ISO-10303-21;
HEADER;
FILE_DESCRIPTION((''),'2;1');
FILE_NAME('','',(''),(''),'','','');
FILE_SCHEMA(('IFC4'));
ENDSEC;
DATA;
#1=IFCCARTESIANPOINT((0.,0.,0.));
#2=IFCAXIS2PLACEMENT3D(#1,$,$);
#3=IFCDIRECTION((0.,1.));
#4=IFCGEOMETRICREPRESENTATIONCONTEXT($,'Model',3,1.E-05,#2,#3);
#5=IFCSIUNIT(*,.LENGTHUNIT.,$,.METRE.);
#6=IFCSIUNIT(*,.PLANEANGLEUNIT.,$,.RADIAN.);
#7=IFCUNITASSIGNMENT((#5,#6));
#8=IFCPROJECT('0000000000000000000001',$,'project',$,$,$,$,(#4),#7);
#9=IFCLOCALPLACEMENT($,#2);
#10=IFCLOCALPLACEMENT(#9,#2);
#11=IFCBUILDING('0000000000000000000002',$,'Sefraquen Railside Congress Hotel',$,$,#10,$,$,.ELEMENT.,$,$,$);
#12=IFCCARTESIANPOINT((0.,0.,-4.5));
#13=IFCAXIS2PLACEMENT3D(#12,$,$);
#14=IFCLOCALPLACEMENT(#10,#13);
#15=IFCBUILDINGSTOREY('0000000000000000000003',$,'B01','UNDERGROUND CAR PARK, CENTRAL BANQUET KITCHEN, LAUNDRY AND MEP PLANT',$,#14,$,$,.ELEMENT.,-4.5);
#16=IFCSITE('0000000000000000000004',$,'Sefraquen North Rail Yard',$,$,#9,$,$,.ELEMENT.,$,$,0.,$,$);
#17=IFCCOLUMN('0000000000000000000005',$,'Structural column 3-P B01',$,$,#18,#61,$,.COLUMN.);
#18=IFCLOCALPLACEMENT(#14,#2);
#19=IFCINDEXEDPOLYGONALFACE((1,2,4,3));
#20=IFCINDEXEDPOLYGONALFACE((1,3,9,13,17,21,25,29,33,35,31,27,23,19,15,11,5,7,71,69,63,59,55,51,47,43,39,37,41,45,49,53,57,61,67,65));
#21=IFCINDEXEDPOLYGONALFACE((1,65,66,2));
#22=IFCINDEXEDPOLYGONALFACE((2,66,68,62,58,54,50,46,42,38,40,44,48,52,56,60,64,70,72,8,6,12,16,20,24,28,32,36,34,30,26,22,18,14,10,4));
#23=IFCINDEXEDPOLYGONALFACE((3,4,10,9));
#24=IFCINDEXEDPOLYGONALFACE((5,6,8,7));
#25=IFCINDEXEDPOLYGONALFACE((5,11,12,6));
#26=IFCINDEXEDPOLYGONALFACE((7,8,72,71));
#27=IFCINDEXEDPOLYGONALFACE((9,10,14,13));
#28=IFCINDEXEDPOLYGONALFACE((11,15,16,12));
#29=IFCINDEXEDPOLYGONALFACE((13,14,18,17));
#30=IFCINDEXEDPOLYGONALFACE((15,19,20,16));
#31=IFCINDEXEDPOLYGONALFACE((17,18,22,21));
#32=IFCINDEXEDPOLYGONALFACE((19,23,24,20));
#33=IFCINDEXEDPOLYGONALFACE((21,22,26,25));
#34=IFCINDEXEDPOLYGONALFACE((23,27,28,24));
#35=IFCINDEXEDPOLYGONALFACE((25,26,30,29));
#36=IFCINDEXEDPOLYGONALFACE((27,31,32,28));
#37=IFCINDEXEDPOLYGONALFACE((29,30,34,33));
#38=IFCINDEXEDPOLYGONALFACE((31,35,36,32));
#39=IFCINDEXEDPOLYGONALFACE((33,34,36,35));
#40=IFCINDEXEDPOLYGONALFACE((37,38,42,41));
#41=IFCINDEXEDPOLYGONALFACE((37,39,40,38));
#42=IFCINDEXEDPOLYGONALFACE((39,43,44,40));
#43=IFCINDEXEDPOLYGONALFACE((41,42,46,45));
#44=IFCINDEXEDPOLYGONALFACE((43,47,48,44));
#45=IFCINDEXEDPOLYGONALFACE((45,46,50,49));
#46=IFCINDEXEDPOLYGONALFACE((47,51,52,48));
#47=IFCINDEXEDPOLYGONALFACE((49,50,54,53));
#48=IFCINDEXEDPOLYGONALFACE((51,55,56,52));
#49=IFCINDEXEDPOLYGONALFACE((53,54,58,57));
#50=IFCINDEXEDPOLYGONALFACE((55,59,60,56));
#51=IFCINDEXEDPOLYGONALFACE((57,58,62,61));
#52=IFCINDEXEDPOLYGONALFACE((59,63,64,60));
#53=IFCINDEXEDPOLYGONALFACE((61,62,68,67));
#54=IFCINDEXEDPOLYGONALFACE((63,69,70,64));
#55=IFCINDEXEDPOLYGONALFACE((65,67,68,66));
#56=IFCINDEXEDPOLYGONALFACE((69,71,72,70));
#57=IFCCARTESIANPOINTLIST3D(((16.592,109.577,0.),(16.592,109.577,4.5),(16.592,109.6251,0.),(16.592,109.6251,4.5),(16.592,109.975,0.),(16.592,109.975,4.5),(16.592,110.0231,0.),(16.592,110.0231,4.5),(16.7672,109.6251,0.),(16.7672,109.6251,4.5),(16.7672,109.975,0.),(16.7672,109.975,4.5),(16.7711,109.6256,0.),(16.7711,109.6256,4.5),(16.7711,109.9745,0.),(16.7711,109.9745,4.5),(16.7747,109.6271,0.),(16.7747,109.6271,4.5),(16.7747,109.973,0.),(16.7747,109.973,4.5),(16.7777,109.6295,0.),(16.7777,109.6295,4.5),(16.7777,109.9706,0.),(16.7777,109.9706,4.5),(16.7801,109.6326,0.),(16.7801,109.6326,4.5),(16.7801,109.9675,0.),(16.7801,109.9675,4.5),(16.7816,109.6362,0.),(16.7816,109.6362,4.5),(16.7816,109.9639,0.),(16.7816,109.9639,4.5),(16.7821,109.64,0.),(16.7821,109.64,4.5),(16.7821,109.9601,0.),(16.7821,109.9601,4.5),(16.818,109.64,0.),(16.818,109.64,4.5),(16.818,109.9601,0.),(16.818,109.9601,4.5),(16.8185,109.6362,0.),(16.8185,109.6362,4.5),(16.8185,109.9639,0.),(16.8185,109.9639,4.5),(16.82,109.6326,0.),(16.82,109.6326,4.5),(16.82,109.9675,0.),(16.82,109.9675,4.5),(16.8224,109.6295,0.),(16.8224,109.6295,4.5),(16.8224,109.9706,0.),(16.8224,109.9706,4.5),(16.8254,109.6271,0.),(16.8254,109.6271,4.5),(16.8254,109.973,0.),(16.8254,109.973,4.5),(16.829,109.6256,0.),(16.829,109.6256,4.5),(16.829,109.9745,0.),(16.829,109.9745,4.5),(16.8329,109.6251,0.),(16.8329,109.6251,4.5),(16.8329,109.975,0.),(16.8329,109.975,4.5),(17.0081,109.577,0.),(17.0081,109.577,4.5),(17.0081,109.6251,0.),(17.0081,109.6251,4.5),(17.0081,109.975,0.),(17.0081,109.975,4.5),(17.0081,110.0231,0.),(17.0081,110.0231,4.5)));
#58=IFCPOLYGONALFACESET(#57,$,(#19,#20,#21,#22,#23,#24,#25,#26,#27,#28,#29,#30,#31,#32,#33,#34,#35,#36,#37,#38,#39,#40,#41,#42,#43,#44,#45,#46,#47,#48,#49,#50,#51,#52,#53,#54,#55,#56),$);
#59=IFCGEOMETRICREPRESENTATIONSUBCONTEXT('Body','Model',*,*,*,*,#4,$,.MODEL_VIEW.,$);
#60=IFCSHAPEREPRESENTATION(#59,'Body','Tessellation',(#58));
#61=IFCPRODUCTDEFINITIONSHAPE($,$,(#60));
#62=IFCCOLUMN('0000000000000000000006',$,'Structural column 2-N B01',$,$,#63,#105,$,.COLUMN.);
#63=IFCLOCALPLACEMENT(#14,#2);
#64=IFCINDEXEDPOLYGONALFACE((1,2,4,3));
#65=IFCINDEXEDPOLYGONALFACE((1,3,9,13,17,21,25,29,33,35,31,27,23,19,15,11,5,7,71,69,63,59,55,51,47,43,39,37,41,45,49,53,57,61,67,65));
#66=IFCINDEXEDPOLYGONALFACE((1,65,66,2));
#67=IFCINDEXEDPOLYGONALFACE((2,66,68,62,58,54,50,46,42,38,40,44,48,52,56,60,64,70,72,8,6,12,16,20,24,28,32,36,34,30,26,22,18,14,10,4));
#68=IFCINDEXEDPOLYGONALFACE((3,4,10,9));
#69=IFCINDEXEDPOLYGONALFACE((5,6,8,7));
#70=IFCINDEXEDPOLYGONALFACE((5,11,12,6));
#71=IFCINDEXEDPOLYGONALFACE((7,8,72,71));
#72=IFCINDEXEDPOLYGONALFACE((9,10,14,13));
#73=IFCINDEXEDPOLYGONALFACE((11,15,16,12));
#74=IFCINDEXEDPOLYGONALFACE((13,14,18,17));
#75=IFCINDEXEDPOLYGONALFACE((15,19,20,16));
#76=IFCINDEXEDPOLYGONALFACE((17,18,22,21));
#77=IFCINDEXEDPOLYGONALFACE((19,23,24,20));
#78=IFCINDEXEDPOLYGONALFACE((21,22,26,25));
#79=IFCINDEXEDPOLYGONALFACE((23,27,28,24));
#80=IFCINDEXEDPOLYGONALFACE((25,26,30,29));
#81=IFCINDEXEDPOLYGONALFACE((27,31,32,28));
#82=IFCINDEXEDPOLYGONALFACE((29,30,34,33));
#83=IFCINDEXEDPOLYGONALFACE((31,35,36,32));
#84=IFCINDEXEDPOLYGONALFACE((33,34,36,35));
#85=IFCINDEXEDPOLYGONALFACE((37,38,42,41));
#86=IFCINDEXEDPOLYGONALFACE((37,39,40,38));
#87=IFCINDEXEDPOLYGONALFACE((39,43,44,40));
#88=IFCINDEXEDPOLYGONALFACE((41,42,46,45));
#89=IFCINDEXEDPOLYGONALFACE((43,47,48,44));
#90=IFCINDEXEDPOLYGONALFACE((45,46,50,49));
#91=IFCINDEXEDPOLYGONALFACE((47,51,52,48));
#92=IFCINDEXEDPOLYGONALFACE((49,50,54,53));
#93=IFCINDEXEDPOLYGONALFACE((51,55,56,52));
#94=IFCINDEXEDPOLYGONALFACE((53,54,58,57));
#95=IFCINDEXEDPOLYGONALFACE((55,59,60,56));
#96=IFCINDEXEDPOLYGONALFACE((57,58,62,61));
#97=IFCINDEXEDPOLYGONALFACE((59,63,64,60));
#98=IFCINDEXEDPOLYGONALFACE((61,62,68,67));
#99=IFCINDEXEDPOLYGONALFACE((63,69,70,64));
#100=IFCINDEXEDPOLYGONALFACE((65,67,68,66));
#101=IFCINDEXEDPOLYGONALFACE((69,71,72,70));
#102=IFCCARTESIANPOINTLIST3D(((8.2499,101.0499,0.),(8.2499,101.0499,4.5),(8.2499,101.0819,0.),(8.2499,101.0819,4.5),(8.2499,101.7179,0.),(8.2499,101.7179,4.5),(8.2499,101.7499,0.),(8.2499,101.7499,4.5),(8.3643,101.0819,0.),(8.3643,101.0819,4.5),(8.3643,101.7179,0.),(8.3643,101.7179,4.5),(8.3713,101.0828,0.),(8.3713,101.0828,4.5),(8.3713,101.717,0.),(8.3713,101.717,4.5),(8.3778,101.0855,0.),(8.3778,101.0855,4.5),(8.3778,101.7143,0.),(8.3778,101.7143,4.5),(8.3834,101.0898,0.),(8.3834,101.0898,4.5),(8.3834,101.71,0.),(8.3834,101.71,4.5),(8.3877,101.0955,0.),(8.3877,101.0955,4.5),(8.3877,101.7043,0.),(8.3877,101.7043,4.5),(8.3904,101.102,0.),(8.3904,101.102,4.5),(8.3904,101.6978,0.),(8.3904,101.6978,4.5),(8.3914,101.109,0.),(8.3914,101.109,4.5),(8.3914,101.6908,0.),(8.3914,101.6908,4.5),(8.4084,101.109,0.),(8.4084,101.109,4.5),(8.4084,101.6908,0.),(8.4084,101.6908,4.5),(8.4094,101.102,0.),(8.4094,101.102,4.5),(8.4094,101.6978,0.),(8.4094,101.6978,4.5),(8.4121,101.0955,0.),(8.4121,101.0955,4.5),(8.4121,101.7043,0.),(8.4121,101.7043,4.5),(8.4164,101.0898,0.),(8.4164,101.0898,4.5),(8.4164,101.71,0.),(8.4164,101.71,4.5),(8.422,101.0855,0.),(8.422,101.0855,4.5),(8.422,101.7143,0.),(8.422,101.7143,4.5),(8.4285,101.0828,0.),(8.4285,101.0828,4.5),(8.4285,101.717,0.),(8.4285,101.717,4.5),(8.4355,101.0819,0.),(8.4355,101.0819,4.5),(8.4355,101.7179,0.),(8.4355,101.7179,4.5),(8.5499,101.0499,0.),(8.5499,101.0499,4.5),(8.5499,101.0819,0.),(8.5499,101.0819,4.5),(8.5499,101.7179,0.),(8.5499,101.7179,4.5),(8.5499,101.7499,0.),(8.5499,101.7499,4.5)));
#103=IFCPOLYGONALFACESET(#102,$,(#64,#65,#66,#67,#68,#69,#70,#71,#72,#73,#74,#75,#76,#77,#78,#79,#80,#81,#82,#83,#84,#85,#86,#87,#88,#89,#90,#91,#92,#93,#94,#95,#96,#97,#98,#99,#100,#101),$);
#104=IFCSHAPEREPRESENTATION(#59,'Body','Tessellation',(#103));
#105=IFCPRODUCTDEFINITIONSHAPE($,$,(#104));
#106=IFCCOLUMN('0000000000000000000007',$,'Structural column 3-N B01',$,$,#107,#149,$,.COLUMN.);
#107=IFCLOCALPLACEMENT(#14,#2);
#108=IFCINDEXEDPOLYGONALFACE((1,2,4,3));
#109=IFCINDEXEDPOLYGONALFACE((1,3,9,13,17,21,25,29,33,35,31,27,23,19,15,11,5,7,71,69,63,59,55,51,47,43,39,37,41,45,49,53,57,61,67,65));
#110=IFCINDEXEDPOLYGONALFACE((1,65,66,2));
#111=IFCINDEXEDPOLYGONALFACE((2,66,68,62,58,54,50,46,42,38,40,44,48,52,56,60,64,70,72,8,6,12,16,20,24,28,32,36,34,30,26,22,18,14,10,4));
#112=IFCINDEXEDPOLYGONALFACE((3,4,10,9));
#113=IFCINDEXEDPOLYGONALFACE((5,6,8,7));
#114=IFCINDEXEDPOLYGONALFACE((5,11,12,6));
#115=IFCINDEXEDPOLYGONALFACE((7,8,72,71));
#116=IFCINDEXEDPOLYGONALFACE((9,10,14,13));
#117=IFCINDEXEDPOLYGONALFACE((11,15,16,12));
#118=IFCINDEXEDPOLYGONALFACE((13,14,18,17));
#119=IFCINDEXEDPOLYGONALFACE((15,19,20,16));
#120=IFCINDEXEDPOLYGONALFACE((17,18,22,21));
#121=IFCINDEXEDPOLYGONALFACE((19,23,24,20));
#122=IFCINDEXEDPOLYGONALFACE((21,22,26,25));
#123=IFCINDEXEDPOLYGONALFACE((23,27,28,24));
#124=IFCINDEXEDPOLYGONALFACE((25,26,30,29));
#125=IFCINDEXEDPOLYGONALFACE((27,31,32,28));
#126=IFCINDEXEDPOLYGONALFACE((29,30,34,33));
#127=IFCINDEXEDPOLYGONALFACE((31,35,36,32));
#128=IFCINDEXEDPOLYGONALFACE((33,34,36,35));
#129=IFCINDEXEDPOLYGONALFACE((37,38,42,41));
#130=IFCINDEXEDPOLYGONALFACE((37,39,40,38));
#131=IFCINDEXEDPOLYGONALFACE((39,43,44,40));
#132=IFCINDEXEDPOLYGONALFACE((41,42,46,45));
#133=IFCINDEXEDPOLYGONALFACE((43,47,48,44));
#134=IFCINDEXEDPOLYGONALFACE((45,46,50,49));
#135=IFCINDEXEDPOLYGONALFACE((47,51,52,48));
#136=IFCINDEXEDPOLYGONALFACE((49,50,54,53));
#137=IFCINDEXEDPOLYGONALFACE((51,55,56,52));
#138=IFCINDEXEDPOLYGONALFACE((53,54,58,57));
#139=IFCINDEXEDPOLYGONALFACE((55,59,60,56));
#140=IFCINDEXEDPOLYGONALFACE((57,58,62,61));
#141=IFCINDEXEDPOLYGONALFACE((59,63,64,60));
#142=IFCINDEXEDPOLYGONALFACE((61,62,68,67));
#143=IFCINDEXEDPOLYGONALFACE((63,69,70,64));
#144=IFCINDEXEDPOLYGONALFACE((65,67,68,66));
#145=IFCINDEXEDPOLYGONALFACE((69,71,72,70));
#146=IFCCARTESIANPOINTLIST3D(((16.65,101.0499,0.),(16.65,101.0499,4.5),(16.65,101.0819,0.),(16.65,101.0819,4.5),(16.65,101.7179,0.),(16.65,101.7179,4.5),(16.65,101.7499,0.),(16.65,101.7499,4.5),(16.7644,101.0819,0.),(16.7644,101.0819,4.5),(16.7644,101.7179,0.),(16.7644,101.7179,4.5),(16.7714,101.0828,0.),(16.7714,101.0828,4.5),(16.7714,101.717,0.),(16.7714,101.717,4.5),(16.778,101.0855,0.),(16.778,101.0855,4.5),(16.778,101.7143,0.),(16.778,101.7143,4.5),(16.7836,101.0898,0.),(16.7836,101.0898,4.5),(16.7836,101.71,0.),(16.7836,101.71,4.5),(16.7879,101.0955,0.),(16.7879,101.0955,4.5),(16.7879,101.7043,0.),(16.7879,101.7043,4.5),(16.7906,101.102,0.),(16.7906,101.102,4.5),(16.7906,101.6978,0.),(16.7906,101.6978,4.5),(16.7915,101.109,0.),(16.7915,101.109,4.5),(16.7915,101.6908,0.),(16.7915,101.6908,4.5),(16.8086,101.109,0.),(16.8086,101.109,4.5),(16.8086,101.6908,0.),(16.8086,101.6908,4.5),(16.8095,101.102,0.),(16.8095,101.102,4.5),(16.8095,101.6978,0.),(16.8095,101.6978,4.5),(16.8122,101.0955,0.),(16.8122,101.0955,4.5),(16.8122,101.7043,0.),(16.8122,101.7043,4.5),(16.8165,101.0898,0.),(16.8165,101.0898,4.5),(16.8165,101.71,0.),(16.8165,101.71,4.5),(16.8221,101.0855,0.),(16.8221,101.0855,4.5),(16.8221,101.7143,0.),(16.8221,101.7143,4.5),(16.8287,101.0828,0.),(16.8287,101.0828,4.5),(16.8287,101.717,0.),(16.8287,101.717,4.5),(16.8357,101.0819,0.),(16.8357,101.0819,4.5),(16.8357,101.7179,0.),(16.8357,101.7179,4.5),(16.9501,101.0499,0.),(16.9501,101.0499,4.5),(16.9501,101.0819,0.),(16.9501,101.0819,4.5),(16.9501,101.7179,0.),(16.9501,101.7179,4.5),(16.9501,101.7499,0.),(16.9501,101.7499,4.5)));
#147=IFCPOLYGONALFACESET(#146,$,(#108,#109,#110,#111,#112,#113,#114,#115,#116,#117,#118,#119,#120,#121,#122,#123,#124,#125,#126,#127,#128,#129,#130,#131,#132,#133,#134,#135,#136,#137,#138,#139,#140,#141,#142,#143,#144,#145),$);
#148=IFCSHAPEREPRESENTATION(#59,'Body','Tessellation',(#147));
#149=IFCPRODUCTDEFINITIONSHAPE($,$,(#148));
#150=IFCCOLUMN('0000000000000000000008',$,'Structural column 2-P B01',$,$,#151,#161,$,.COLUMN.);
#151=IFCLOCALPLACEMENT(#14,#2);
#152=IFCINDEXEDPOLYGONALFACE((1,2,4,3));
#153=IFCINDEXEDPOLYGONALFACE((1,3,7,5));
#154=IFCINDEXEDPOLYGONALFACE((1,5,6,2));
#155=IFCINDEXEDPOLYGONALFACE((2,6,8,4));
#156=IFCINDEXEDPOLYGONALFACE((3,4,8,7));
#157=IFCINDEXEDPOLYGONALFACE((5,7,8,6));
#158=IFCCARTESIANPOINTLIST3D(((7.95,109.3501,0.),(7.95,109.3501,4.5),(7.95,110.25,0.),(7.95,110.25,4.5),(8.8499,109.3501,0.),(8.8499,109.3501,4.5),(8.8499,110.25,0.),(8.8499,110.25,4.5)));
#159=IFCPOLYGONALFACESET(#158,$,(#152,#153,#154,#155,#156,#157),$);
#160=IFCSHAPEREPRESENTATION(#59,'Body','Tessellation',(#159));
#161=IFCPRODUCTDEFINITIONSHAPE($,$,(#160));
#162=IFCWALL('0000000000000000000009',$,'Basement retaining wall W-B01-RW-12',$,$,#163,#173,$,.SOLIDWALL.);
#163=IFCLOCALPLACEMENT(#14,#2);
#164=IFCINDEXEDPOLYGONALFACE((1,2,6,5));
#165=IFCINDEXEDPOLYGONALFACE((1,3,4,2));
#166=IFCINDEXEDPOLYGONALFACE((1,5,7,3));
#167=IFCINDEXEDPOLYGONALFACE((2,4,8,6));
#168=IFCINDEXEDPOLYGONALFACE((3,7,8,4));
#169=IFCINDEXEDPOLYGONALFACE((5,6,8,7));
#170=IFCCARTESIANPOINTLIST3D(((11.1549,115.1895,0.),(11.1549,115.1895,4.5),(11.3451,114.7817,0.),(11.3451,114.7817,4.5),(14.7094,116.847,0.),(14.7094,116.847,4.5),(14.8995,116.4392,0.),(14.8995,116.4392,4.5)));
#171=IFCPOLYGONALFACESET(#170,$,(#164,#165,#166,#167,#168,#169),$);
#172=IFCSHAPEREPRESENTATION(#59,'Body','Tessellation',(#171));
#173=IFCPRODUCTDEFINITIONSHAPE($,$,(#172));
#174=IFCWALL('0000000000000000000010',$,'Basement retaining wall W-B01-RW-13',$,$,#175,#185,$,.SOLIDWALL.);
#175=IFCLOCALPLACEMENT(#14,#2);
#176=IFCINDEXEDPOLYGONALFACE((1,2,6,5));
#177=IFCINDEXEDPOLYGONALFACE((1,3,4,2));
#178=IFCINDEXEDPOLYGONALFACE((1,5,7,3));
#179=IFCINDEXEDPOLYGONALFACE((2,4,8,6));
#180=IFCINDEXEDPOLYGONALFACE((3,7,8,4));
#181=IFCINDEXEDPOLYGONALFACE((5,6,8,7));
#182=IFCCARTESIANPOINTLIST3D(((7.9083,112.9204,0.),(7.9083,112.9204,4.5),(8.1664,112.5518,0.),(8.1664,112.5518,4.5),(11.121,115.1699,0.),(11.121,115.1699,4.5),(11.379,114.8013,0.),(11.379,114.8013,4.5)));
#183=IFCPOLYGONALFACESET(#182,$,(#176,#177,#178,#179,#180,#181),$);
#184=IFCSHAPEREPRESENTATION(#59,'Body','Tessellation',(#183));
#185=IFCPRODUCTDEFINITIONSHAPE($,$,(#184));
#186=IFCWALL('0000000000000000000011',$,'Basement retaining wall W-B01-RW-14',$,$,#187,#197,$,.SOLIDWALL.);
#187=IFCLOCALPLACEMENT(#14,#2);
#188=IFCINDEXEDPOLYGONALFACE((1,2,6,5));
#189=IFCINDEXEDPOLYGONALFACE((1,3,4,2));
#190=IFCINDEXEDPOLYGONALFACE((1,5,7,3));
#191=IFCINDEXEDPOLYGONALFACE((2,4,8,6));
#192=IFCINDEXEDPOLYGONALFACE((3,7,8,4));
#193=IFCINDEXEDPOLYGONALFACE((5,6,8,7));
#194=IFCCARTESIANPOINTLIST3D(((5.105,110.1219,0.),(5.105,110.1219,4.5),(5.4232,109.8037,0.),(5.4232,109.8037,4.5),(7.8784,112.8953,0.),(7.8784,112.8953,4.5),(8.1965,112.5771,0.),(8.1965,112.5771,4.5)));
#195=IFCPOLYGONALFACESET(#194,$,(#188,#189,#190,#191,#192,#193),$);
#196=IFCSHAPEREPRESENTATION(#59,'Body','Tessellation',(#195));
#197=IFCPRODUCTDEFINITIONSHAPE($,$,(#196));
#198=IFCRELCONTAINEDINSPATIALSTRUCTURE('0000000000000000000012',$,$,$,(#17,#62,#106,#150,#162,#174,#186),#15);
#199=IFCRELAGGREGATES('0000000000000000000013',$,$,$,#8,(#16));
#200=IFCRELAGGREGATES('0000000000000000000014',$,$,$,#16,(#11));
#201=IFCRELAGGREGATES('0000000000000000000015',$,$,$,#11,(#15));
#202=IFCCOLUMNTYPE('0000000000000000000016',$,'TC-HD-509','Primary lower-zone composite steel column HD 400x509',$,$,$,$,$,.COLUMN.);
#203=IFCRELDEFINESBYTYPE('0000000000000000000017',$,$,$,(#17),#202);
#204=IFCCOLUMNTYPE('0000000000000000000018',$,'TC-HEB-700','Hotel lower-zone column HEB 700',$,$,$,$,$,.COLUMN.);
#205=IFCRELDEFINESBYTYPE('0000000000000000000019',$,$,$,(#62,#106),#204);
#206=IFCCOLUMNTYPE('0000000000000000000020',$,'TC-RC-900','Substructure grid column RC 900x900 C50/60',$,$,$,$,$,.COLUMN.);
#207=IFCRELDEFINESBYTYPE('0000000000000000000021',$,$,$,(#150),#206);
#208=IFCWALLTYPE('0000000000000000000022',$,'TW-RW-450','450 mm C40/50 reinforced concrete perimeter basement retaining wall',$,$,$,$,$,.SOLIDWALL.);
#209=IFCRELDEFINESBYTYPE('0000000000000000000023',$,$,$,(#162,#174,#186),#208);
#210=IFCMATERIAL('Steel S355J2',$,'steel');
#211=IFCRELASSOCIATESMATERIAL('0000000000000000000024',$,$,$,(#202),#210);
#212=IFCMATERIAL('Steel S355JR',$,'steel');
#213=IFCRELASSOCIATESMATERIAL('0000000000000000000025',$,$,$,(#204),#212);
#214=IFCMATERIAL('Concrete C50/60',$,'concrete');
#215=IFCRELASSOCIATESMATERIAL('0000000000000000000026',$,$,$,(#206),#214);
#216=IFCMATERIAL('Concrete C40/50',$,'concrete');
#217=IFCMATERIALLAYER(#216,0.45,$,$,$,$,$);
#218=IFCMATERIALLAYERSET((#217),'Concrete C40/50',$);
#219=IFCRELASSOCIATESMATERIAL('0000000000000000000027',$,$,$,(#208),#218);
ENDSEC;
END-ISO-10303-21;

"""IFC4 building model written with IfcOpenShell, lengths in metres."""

from ifc_helpers import new_model, si_unit, direction, frame, frame_2d, origin, origin_2d, place, context, subcontext, project, spatial, rectangle, i_section, extrude, material, layer, layer_set, material_profile, profile_set, type_object, element, save


model = new_model("IFC4")

# Units and contexts
model_context = context("Model", 3, precision=1e-05, world=origin(), true_north=direction((0.0, 1.0)))
body_context = subcontext(model_context, "Body", "Model", "MODEL_VIEW")
ifc_project = project(units=[si_unit("LENGTHUNIT", "METRE"), si_unit("PLANEANGLEUNIT", "RADIAN")], contexts=[model_context])

# Site, building, storey
site_placement = place(None, origin())
site = spatial("IfcSite", under=ifc_project, at=site_placement, Name="Sefraquen North Rail Yard", CompositionType="ELEMENT", RefElevation=0.0)
building_placement = place(site_placement, origin())
building = spatial("IfcBuilding", under=site, at=building_placement, Name="Sefraquen Railside Congress Hotel", CompositionType="ELEMENT")
storey_placement = place(building_placement, frame((0.0, 0.0, -4.5)))
storey = spatial("IfcBuildingStorey", under=building, at=storey_placement, Name="B01", Description="UNDERGROUND CAR PARK, CENTRAL BANQUET KITCHEN, LAUNDRY AND MEP PLANT", CompositionType="ELEMENT", Elevation=-4.5)

# Shared definitions
ifc_material_1 = material(Name="Concrete C40/50", Category="concrete")

# Columns
ifc_material_2 = material(Name="Steel S355J2", Category="steel")
ifc_material_profile_1 = material_profile(ifc_material_2, i_section(OverallWidth=0.416, OverallDepth=0.446, WebThickness=0.0359, FlangeThickness=0.0481, FilletRadius=0.0149, at=origin_2d()), Name="HD 400x509")
ifc_profile_set_1 = profile_set([ifc_material_profile_1], Name="Steel S355J2")
column_type_1 = type_object("IfcColumnType", Name="TC-HD-509", Description="Primary lower-zone composite steel column HD 400x509", PredefinedType="COLUMN", material=ifc_profile_set_1)
column_1_placement = place(storey_placement, frame((16.8, 109.8, 0.0), z_axis=(0.0, 0.0, 1.0), x_axis=(1.0, 0.0, 0.0)))
element("IfcColumn", 1, at=column_1_placement, inside=storey, type_object=column_type_1, Name="Structural column 3-P B01", PredefinedType="COLUMN", context=body_context, shape_type="SweptSolid", body=[
    extrude(i_section(OverallWidth=0.416, OverallDepth=0.446, WebThickness=0.0359, FlangeThickness=0.0481, FilletRadius=0.0149, at=origin_2d()), origin(), (0.0, 0.0, 1.0), 4.5),
])
ifc_material_3 = material(Name="Steel S355JR", Category="steel")
ifc_material_profile_2 = material_profile(ifc_material_3, i_section(OverallWidth=0.3, OverallDepth=0.7, WebThickness=0.0171, FlangeThickness=0.032, FilletRadius=0.0271, at=origin_2d()), Name="HEB 700")
ifc_profile_set_2 = profile_set([ifc_material_profile_2], Name="Steel S355JR")
column_type_2 = type_object("IfcColumnType", Name="TC-HEB-700", Description="Hotel lower-zone column HEB 700", PredefinedType="COLUMN", material=ifc_profile_set_2)
for number, where, z_axis, x_axis, name in (
    (2, (8.3999, 101.3999, 0.0), (0.0, 0.0, 1.0), (1.0, 0.0, 0.0), "Structural column 2-N B01"),
    (3, (16.8, 101.3999, 0.0), (0.0, 0.0, 1.0), (1.0, 0.0, 0.0), "Structural column 3-N B01"),
):
    element("IfcColumn", number, at=place(storey_placement, frame(where, z_axis=z_axis, x_axis=x_axis)), inside=storey, type_object=column_type_2, Name=name, PredefinedType="COLUMN", context=body_context, shape_type="SweptSolid", body=[
        extrude(i_section(OverallWidth=0.3, OverallDepth=0.7, WebThickness=0.0171, FlangeThickness=0.032, FilletRadius=0.0271, at=origin_2d()), origin(), (0.0, 0.0, 1.0), 4.5),
    ])
ifc_material_4 = material(Name="Concrete C50/60", Category="concrete")
ifc_material_profile_3 = material_profile(ifc_material_4, rectangle(XDim=0.8999, YDim=0.8999, at=origin_2d()), Name="RC 900x900")
ifc_profile_set_3 = profile_set([ifc_material_profile_3], Name="Concrete C50/60")
column_type_3 = type_object("IfcColumnType", Name="TC-RC-900", Description="Substructure grid column RC 900x900 C50/60", PredefinedType="COLUMN", material=ifc_profile_set_3)
column_2_placement = place(storey_placement, frame((8.3999, 109.8, 0.0), z_axis=(0.0, 0.0, 1.0), x_axis=(1.0, 0.0, 0.0)))
element("IfcColumn", 4, at=column_2_placement, inside=storey, type_object=column_type_3, Name="Structural column 2-P B01", PredefinedType="COLUMN", context=body_context, shape_type="SweptSolid", body=[
    extrude(rectangle(XDim=0.8999, YDim=0.8999, at=origin_2d()), origin(), (0.0, 0.0, 1.0), 4.5),
])

# Walls
ifc_layer = layer(ifc_material_1, 0.45)
ifc_layer_set = layer_set([ifc_layer], Name="Concrete C40/50")
wall_type = type_object("IfcWallType", Name="TW-RW-450", Description="450 mm C40/50 reinforced concrete perimeter basement retaining wall", PredefinedType="SOLIDWALL", material=ifc_layer_set)
for number, where, z_axis, x_axis, name in (
    (5, (14.8044, 116.6431, 0.0), (0.0, 0.0, 1.0), (-0.906307, -0.42262, 0.0), "Basement retaining wall W-B01-RW-12"),
    (6, (11.25, 114.9856, 0.0), (0.0, 0.0, 1.0), (-0.819153, -0.573575, 0.0), "Basement retaining wall W-B01-RW-13"),
):
    element("IfcWall", number, at=place(storey_placement, frame(where, z_axis=z_axis, x_axis=x_axis)), inside=storey, type_object=wall_type, Name=name, PredefinedType="SOLIDWALL", context=body_context, shape_type="SweptSolid", body=[
        extrude(rectangle(XDim=3.9219, YDim=0.45, at=frame_2d((1.9609, 0.0))), origin(), (0.0, 0.0, 1.0), 4.5),
    ])
wall_1_placement = place(storey_placement, frame((8.0374, 112.7361, 0.0), z_axis=(0.0, 0.0, 1.0), x_axis=(-0.707107, -0.707107, 0.0)))
element("IfcWall", 7, at=wall_1_placement, inside=storey, type_object=wall_type, Name="Basement retaining wall W-B01-RW-14", PredefinedType="SOLIDWALL", context=body_context, shape_type="SweptSolid", body=[
    extrude(rectangle(XDim=3.9221, YDim=0.45, at=frame_2d((1.9609, 0.0))), origin(), (0.0, 0.0, 1.0), 4.5),
])

save(model, "model.ifc")
